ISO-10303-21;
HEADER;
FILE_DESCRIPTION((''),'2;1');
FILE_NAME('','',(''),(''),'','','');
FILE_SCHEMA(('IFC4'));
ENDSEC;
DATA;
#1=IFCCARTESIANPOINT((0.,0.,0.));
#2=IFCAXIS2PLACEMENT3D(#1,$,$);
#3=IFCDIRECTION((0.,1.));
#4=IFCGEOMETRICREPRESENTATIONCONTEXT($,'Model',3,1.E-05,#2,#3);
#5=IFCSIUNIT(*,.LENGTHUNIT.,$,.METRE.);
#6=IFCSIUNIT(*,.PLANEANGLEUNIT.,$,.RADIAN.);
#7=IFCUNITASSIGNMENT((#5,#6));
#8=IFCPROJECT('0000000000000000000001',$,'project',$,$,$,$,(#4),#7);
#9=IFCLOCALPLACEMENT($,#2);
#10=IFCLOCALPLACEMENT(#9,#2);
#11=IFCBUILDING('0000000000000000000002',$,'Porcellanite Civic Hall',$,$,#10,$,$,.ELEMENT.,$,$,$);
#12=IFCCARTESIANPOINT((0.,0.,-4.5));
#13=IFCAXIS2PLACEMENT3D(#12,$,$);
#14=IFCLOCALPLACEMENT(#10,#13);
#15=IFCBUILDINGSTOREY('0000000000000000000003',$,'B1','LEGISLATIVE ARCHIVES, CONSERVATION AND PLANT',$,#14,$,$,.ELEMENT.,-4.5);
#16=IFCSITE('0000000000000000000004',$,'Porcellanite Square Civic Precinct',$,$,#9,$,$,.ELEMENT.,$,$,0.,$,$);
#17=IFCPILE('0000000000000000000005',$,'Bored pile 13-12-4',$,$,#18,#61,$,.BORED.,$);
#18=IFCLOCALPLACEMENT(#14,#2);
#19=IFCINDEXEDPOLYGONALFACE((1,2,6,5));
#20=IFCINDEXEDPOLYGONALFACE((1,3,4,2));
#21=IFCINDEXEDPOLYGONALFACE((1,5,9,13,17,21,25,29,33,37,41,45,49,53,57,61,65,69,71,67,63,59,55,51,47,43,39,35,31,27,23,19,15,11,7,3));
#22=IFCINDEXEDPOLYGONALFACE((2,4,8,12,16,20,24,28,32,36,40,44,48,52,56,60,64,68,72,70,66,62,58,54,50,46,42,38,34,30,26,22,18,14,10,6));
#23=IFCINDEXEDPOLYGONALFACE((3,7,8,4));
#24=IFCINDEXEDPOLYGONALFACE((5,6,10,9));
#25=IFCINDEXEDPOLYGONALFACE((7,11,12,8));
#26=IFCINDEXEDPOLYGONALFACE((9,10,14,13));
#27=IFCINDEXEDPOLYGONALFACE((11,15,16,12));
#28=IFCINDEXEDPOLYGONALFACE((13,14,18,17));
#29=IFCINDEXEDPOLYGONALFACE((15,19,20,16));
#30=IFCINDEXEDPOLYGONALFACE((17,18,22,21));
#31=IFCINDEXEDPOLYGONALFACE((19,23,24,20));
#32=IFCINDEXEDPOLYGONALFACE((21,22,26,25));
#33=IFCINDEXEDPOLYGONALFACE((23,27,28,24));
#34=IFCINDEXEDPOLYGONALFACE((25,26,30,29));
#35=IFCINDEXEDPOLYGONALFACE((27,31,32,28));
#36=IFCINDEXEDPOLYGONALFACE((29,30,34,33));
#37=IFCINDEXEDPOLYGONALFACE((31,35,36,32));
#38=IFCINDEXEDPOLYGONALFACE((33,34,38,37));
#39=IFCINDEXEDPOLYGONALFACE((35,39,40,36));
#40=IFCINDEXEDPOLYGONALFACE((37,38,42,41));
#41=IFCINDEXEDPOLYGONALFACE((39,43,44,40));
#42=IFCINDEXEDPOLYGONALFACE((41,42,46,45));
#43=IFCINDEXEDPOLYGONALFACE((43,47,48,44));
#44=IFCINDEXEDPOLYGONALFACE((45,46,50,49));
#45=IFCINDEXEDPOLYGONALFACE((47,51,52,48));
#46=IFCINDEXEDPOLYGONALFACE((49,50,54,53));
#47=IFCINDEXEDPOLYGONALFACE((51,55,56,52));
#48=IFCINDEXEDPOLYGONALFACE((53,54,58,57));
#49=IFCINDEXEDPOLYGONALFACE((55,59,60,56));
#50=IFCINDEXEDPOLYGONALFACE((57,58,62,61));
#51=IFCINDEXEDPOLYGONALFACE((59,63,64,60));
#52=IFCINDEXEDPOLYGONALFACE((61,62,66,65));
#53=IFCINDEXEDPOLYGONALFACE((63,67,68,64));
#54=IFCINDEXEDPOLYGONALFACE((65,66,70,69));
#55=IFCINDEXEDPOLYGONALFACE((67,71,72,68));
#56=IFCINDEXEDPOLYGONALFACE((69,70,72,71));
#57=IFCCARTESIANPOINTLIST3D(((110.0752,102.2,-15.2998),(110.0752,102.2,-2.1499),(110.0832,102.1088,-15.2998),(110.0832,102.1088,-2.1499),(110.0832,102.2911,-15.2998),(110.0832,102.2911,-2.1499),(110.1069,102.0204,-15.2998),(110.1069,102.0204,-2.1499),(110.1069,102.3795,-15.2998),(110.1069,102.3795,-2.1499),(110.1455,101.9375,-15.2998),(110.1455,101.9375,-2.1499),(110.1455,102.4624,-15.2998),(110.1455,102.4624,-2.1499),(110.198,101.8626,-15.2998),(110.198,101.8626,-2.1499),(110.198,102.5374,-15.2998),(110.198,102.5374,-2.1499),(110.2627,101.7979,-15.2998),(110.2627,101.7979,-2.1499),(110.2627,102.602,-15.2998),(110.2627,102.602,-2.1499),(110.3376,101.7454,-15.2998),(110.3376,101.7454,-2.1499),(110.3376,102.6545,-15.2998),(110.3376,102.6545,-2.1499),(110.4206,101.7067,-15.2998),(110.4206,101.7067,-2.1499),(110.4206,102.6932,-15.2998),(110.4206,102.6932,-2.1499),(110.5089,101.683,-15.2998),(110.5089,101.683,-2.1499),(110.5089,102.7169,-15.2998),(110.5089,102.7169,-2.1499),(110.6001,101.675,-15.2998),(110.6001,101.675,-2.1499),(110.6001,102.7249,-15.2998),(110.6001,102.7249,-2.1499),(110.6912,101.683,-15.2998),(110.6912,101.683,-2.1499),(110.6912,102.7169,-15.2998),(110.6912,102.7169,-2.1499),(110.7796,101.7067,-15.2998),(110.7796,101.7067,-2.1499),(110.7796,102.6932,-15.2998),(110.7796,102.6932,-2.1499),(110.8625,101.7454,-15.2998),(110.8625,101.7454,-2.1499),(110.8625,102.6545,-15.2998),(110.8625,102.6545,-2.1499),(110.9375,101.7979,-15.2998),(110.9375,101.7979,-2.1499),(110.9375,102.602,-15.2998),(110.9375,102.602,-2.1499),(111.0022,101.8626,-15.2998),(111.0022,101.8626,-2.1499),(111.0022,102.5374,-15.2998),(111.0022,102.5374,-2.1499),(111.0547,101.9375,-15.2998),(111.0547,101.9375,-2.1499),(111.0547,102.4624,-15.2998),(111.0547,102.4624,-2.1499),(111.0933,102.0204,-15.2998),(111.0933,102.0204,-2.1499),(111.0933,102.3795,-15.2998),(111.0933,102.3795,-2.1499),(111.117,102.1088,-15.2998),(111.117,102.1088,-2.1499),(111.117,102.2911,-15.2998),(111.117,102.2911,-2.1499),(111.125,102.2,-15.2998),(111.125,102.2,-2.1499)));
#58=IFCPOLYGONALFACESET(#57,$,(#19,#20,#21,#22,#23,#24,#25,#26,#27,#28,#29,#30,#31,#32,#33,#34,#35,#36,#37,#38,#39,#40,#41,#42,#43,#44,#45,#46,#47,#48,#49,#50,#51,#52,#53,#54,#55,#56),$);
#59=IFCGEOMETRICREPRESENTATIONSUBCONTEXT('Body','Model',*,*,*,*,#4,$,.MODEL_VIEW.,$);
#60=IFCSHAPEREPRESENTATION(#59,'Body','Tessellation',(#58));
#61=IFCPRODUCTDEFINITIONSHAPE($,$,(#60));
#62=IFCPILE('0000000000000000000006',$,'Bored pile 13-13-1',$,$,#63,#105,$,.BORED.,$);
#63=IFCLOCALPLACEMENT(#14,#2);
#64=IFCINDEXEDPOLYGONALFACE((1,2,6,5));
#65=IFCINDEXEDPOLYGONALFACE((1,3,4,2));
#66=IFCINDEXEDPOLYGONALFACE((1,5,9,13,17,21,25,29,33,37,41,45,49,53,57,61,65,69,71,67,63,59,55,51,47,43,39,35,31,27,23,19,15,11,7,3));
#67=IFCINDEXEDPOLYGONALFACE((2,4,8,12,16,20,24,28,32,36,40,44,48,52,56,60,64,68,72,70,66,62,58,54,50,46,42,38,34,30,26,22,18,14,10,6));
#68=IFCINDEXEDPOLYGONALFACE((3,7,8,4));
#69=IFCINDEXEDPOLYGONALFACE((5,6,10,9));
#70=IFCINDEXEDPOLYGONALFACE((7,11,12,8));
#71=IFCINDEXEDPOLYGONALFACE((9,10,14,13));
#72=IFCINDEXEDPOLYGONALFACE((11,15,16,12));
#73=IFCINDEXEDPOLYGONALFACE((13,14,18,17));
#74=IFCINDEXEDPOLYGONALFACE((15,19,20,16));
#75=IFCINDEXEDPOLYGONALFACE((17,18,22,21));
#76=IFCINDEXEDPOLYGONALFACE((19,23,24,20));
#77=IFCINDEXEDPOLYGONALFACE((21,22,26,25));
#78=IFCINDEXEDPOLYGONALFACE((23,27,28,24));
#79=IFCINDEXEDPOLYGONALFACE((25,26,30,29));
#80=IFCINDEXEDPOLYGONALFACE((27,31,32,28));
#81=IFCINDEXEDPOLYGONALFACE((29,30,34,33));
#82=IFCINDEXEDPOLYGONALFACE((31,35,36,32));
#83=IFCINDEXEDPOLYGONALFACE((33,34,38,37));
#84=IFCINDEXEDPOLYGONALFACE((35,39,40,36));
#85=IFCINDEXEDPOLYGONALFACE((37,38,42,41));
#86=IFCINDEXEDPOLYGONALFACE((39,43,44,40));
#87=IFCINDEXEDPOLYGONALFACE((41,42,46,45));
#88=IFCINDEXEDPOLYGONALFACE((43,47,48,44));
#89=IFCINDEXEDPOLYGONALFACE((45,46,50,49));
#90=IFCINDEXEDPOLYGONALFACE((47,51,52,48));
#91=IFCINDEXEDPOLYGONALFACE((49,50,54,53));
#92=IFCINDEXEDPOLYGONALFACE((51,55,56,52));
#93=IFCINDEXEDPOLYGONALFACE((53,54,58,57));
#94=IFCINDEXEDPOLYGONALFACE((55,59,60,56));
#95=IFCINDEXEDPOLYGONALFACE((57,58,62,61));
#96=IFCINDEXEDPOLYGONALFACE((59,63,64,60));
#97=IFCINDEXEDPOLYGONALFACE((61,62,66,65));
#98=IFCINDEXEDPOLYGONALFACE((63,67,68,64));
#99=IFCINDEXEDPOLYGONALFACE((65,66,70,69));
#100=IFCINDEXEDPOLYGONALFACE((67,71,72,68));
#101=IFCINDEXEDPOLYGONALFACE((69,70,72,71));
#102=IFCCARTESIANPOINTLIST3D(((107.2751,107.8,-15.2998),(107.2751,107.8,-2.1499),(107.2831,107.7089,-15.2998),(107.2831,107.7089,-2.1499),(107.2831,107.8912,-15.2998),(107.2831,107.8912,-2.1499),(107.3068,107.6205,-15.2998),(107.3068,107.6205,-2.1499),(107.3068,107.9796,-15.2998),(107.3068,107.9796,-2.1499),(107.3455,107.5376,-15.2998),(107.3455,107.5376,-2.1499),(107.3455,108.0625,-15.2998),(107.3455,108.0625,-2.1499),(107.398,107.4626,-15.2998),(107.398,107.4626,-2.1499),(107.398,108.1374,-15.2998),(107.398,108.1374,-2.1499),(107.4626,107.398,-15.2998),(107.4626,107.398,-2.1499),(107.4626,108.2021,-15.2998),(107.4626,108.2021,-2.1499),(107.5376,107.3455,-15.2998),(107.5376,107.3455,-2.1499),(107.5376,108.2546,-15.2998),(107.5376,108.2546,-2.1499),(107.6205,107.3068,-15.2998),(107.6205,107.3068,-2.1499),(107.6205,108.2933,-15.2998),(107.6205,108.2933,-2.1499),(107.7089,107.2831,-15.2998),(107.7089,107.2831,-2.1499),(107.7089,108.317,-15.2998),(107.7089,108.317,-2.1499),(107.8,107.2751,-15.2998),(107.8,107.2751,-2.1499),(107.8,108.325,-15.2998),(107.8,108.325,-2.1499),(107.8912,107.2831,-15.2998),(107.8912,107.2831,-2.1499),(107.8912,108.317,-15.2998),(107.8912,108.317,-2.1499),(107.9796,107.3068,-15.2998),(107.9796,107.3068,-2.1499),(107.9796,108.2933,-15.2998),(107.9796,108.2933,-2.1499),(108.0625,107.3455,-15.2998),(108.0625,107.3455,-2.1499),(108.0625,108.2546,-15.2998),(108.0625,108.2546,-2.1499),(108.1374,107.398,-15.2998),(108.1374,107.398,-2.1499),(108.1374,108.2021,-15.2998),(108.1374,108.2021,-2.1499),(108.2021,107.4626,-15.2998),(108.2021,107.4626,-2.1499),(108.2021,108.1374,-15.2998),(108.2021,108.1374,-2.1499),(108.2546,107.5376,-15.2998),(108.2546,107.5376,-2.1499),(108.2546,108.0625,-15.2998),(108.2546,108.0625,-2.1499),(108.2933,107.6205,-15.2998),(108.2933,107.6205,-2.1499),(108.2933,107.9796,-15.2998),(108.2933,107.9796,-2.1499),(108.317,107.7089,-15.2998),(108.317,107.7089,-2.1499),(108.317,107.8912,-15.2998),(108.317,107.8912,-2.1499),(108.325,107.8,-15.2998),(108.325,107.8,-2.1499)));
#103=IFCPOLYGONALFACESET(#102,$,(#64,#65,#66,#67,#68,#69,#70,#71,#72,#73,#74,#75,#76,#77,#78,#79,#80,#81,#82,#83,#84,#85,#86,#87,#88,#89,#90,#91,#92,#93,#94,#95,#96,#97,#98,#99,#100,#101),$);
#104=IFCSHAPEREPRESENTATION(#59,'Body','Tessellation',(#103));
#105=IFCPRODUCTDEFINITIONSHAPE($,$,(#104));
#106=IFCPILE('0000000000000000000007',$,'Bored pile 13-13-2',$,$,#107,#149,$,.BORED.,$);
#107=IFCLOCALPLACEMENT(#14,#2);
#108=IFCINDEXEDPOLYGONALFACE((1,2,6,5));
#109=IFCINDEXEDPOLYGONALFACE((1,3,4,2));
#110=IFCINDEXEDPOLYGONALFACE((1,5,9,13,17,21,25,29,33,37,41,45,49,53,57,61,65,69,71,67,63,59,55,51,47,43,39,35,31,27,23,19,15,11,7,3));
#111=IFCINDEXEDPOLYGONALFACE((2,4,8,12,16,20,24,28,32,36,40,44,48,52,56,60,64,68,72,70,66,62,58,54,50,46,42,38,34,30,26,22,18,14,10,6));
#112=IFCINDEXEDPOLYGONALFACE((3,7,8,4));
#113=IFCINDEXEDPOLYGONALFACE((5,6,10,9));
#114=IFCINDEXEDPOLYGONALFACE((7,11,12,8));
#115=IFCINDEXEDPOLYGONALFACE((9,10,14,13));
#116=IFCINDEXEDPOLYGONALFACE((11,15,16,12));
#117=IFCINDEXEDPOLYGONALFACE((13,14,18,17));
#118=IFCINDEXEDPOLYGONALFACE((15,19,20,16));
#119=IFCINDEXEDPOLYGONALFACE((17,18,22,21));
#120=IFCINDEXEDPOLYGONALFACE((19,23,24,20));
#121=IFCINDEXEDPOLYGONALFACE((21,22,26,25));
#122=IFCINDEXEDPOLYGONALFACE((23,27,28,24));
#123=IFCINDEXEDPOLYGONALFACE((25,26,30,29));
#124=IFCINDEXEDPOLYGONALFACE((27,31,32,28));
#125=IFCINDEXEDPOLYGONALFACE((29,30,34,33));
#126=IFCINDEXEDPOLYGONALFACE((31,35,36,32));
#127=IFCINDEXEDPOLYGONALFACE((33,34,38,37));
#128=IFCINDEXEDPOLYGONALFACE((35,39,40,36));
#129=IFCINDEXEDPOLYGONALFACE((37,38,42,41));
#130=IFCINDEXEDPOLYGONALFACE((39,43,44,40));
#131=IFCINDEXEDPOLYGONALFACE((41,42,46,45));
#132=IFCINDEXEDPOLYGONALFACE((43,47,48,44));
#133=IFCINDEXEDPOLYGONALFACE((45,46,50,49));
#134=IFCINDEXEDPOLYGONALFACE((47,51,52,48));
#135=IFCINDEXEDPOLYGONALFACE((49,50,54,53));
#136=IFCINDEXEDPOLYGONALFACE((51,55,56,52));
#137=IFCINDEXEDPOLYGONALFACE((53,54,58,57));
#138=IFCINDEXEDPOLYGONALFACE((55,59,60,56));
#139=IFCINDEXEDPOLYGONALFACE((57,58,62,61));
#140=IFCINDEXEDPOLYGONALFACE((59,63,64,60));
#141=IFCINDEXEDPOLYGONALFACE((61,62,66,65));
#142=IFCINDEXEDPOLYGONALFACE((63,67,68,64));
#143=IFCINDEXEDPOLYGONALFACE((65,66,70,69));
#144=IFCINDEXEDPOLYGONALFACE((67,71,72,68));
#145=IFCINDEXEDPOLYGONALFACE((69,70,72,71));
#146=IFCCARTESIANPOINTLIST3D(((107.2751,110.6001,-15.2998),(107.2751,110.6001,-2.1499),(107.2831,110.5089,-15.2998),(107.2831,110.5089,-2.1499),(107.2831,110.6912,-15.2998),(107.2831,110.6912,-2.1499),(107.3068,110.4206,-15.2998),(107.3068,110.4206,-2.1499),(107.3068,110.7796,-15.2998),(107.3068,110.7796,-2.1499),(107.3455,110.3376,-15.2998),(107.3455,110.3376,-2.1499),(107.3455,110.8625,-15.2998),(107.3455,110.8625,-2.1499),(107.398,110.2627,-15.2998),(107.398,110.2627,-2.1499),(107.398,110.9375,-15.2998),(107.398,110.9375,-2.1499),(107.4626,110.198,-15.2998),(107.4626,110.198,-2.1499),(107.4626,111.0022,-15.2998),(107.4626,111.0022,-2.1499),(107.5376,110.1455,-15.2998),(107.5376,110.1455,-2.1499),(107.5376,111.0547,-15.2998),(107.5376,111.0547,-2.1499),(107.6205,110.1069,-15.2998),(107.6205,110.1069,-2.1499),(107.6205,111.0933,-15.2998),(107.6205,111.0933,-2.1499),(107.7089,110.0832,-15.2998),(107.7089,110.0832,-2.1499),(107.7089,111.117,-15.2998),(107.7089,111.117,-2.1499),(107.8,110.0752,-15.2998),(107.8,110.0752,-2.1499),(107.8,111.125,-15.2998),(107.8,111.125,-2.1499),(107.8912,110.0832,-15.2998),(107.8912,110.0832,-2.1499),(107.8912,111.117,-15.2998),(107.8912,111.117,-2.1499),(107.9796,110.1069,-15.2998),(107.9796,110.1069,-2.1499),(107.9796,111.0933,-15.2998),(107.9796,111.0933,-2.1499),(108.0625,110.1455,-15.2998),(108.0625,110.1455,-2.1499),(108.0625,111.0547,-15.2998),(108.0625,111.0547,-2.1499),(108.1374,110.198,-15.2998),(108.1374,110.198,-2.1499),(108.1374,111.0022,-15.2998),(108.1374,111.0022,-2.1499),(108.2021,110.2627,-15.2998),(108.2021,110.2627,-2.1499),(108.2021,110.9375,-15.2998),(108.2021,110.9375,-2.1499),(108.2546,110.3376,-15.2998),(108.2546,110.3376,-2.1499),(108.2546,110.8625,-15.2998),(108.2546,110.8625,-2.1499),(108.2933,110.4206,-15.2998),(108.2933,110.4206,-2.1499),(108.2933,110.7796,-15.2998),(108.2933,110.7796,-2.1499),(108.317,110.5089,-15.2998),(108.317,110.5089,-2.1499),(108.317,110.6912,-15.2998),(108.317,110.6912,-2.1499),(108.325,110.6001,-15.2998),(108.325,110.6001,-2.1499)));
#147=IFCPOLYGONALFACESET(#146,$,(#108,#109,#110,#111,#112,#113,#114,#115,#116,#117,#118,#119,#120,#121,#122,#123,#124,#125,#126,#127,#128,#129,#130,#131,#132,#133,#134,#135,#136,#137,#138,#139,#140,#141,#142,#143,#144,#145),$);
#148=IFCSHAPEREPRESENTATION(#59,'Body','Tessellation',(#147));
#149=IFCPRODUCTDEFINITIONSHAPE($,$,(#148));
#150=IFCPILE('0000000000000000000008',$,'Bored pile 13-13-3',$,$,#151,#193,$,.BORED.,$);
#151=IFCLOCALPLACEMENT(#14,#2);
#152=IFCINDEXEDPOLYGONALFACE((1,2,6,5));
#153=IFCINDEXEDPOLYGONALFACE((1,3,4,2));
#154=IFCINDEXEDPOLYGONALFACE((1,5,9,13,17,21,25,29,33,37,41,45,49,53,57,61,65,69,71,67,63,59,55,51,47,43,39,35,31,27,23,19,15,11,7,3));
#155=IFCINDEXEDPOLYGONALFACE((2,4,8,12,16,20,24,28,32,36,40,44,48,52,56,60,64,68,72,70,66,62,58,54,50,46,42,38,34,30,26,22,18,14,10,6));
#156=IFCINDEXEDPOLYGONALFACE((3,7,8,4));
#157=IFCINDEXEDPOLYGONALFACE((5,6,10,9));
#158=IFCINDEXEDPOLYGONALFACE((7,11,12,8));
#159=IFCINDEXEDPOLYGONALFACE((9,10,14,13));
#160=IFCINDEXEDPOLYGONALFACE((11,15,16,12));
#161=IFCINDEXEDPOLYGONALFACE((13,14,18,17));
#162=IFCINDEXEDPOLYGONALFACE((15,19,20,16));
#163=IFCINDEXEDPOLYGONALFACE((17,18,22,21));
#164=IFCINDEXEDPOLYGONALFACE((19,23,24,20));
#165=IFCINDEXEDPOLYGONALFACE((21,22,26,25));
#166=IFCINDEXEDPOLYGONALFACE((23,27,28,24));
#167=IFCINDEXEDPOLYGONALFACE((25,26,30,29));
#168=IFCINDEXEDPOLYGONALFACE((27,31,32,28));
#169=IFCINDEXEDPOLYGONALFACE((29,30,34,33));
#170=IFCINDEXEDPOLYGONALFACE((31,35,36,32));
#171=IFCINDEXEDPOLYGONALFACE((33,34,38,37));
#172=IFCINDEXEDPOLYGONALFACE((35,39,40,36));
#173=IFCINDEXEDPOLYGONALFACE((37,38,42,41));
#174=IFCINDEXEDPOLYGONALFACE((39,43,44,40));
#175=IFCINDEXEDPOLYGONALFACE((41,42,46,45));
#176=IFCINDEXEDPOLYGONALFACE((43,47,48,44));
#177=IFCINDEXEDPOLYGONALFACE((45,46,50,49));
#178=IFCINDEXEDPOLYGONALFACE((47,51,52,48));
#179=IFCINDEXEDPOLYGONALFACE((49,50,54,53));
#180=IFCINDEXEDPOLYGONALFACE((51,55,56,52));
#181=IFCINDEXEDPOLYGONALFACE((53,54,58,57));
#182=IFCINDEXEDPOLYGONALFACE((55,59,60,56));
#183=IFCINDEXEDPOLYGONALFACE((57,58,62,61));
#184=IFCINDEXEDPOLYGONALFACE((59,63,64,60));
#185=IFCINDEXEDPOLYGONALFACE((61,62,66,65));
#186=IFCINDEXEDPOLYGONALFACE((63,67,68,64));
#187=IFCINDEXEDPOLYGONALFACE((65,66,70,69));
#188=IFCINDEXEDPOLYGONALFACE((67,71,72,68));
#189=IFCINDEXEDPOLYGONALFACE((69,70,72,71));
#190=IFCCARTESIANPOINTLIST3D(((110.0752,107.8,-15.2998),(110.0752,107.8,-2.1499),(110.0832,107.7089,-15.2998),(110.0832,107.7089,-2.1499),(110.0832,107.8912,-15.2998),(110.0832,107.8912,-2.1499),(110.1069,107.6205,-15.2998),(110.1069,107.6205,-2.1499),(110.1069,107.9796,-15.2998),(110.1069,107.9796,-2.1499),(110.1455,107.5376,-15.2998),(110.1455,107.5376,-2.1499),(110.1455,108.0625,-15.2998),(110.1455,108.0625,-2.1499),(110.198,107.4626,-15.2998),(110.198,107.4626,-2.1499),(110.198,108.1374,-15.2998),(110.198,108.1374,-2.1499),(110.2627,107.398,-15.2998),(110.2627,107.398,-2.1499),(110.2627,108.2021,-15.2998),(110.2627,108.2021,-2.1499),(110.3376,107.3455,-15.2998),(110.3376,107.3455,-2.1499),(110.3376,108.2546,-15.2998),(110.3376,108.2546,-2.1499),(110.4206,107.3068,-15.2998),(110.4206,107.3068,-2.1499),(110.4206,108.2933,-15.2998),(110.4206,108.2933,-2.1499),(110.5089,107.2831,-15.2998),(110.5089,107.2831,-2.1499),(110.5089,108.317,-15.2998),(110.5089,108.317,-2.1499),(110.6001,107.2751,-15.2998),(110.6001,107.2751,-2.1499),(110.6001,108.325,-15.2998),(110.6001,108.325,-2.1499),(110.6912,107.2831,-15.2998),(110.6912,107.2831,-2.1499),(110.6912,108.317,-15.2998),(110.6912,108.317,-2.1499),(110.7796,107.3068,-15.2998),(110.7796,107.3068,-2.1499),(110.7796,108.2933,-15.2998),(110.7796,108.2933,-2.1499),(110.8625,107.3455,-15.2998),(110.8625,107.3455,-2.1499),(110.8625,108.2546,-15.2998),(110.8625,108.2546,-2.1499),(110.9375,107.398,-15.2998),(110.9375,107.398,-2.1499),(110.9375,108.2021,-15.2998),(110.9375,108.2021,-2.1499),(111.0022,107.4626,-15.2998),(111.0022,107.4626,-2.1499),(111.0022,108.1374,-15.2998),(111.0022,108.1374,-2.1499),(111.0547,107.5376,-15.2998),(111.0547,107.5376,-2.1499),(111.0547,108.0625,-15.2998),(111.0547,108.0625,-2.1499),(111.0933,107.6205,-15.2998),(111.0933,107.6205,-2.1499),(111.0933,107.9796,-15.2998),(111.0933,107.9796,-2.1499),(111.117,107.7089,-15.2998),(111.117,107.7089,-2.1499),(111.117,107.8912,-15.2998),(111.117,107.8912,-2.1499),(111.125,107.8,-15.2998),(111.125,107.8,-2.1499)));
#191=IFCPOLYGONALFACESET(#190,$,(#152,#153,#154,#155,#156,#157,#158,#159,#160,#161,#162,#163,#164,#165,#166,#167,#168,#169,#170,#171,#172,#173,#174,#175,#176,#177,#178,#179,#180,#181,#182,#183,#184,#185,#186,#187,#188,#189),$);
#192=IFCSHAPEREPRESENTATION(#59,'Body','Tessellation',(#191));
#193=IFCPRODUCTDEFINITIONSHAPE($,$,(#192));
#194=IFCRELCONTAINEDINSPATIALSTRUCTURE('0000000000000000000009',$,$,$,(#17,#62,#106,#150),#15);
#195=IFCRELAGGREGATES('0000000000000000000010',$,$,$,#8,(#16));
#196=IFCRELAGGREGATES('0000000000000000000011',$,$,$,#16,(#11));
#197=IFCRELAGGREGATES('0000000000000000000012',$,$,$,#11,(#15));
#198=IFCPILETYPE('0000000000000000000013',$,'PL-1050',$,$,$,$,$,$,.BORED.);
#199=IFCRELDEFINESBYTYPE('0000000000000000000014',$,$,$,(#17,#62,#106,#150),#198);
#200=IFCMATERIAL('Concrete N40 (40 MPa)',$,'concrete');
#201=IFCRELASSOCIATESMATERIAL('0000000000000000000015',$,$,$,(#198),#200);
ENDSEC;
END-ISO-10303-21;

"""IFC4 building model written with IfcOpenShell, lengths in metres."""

from ifc_helpers import new_model, si_unit, direction, frame, origin, origin_2d, place, context, subcontext, project, spatial, circle, extrude, material, material_profile, profile_set, type_object, element, save


model = new_model("IFC4")

# Units and contexts
model_context = context("Model", 3, precision=1e-05, world=origin(), true_north=direction((0.0, 1.0)))
body_context = subcontext(model_context, "Body", "Model", "MODEL_VIEW")
ifc_project = project(units=[si_unit("LENGTHUNIT", "METRE"), si_unit("PLANEANGLEUNIT", "RADIAN")], contexts=[model_context])

# Site, building, storey
site_placement = place(None, origin())
site = spatial("IfcSite", under=ifc_project, at=site_placement, Name="Porcellanite Square Civic Precinct", CompositionType="ELEMENT", RefElevation=0.0)
building_placement = place(site_placement, origin())
building = spatial("IfcBuilding", under=site, at=building_placement, Name="Porcellanite Civic Hall", CompositionType="ELEMENT")
storey_placement = place(building_placement, frame((0.0, 0.0, -4.5)))
storey = spatial("IfcBuildingStorey", under=building, at=storey_placement, Name="B1", Description="LEGISLATIVE ARCHIVES, CONSERVATION AND PLANT", CompositionType="ELEMENT", Elevation=-4.5)

# Piles
ifc_material_1 = material(Name="Concrete N40 (40 MPa)", Category="concrete")
ifc_material_profile_1 = material_profile(ifc_material_1, circle(Radius=0.5249, at=origin_2d()), Name="PILE-D1050")
ifc_profile_set_1 = profile_set([ifc_material_profile_1], Name="Concrete N40 (40 MPa)")
pile_type = type_object("IfcPileType", Name="PL-1050", PredefinedType="BORED", material=ifc_profile_set_1)
for number, where, z_axis, x_axis, name in (
    (1, (110.6001, 102.2, -2.1499), (0.0, 0.0, -1.0), (1.0, 0.0, 0.0), "Bored pile 13-12-4"),
    (2, (107.8, 107.8, -2.1499), (0.0, 0.0, -1.0), (1.0, 0.0, 0.0), "Bored pile 13-13-1"),
    (3, (107.8, 110.6001, -2.1499), (0.0, 0.0, -1.0), (1.0, 0.0, 0.0), "Bored pile 13-13-2"),
    (4, (110.6001, 107.8, -2.1499), (0.0, 0.0, -1.0), (1.0, 0.0, 0.0), "Bored pile 13-13-3"),
):
    element("IfcPile", number, at=place(storey_placement, frame(where, z_axis=z_axis, x_axis=x_axis)), inside=storey, type_object=pile_type, Name=name, PredefinedType="BORED", context=body_context, shape_type="SweptSolid", body=[
        extrude(circle(Radius=0.5249, at=origin_2d()), origin(), (0.0, 0.0, 1.0), 13.1499),
    ])

save(model, "model.ifc")
